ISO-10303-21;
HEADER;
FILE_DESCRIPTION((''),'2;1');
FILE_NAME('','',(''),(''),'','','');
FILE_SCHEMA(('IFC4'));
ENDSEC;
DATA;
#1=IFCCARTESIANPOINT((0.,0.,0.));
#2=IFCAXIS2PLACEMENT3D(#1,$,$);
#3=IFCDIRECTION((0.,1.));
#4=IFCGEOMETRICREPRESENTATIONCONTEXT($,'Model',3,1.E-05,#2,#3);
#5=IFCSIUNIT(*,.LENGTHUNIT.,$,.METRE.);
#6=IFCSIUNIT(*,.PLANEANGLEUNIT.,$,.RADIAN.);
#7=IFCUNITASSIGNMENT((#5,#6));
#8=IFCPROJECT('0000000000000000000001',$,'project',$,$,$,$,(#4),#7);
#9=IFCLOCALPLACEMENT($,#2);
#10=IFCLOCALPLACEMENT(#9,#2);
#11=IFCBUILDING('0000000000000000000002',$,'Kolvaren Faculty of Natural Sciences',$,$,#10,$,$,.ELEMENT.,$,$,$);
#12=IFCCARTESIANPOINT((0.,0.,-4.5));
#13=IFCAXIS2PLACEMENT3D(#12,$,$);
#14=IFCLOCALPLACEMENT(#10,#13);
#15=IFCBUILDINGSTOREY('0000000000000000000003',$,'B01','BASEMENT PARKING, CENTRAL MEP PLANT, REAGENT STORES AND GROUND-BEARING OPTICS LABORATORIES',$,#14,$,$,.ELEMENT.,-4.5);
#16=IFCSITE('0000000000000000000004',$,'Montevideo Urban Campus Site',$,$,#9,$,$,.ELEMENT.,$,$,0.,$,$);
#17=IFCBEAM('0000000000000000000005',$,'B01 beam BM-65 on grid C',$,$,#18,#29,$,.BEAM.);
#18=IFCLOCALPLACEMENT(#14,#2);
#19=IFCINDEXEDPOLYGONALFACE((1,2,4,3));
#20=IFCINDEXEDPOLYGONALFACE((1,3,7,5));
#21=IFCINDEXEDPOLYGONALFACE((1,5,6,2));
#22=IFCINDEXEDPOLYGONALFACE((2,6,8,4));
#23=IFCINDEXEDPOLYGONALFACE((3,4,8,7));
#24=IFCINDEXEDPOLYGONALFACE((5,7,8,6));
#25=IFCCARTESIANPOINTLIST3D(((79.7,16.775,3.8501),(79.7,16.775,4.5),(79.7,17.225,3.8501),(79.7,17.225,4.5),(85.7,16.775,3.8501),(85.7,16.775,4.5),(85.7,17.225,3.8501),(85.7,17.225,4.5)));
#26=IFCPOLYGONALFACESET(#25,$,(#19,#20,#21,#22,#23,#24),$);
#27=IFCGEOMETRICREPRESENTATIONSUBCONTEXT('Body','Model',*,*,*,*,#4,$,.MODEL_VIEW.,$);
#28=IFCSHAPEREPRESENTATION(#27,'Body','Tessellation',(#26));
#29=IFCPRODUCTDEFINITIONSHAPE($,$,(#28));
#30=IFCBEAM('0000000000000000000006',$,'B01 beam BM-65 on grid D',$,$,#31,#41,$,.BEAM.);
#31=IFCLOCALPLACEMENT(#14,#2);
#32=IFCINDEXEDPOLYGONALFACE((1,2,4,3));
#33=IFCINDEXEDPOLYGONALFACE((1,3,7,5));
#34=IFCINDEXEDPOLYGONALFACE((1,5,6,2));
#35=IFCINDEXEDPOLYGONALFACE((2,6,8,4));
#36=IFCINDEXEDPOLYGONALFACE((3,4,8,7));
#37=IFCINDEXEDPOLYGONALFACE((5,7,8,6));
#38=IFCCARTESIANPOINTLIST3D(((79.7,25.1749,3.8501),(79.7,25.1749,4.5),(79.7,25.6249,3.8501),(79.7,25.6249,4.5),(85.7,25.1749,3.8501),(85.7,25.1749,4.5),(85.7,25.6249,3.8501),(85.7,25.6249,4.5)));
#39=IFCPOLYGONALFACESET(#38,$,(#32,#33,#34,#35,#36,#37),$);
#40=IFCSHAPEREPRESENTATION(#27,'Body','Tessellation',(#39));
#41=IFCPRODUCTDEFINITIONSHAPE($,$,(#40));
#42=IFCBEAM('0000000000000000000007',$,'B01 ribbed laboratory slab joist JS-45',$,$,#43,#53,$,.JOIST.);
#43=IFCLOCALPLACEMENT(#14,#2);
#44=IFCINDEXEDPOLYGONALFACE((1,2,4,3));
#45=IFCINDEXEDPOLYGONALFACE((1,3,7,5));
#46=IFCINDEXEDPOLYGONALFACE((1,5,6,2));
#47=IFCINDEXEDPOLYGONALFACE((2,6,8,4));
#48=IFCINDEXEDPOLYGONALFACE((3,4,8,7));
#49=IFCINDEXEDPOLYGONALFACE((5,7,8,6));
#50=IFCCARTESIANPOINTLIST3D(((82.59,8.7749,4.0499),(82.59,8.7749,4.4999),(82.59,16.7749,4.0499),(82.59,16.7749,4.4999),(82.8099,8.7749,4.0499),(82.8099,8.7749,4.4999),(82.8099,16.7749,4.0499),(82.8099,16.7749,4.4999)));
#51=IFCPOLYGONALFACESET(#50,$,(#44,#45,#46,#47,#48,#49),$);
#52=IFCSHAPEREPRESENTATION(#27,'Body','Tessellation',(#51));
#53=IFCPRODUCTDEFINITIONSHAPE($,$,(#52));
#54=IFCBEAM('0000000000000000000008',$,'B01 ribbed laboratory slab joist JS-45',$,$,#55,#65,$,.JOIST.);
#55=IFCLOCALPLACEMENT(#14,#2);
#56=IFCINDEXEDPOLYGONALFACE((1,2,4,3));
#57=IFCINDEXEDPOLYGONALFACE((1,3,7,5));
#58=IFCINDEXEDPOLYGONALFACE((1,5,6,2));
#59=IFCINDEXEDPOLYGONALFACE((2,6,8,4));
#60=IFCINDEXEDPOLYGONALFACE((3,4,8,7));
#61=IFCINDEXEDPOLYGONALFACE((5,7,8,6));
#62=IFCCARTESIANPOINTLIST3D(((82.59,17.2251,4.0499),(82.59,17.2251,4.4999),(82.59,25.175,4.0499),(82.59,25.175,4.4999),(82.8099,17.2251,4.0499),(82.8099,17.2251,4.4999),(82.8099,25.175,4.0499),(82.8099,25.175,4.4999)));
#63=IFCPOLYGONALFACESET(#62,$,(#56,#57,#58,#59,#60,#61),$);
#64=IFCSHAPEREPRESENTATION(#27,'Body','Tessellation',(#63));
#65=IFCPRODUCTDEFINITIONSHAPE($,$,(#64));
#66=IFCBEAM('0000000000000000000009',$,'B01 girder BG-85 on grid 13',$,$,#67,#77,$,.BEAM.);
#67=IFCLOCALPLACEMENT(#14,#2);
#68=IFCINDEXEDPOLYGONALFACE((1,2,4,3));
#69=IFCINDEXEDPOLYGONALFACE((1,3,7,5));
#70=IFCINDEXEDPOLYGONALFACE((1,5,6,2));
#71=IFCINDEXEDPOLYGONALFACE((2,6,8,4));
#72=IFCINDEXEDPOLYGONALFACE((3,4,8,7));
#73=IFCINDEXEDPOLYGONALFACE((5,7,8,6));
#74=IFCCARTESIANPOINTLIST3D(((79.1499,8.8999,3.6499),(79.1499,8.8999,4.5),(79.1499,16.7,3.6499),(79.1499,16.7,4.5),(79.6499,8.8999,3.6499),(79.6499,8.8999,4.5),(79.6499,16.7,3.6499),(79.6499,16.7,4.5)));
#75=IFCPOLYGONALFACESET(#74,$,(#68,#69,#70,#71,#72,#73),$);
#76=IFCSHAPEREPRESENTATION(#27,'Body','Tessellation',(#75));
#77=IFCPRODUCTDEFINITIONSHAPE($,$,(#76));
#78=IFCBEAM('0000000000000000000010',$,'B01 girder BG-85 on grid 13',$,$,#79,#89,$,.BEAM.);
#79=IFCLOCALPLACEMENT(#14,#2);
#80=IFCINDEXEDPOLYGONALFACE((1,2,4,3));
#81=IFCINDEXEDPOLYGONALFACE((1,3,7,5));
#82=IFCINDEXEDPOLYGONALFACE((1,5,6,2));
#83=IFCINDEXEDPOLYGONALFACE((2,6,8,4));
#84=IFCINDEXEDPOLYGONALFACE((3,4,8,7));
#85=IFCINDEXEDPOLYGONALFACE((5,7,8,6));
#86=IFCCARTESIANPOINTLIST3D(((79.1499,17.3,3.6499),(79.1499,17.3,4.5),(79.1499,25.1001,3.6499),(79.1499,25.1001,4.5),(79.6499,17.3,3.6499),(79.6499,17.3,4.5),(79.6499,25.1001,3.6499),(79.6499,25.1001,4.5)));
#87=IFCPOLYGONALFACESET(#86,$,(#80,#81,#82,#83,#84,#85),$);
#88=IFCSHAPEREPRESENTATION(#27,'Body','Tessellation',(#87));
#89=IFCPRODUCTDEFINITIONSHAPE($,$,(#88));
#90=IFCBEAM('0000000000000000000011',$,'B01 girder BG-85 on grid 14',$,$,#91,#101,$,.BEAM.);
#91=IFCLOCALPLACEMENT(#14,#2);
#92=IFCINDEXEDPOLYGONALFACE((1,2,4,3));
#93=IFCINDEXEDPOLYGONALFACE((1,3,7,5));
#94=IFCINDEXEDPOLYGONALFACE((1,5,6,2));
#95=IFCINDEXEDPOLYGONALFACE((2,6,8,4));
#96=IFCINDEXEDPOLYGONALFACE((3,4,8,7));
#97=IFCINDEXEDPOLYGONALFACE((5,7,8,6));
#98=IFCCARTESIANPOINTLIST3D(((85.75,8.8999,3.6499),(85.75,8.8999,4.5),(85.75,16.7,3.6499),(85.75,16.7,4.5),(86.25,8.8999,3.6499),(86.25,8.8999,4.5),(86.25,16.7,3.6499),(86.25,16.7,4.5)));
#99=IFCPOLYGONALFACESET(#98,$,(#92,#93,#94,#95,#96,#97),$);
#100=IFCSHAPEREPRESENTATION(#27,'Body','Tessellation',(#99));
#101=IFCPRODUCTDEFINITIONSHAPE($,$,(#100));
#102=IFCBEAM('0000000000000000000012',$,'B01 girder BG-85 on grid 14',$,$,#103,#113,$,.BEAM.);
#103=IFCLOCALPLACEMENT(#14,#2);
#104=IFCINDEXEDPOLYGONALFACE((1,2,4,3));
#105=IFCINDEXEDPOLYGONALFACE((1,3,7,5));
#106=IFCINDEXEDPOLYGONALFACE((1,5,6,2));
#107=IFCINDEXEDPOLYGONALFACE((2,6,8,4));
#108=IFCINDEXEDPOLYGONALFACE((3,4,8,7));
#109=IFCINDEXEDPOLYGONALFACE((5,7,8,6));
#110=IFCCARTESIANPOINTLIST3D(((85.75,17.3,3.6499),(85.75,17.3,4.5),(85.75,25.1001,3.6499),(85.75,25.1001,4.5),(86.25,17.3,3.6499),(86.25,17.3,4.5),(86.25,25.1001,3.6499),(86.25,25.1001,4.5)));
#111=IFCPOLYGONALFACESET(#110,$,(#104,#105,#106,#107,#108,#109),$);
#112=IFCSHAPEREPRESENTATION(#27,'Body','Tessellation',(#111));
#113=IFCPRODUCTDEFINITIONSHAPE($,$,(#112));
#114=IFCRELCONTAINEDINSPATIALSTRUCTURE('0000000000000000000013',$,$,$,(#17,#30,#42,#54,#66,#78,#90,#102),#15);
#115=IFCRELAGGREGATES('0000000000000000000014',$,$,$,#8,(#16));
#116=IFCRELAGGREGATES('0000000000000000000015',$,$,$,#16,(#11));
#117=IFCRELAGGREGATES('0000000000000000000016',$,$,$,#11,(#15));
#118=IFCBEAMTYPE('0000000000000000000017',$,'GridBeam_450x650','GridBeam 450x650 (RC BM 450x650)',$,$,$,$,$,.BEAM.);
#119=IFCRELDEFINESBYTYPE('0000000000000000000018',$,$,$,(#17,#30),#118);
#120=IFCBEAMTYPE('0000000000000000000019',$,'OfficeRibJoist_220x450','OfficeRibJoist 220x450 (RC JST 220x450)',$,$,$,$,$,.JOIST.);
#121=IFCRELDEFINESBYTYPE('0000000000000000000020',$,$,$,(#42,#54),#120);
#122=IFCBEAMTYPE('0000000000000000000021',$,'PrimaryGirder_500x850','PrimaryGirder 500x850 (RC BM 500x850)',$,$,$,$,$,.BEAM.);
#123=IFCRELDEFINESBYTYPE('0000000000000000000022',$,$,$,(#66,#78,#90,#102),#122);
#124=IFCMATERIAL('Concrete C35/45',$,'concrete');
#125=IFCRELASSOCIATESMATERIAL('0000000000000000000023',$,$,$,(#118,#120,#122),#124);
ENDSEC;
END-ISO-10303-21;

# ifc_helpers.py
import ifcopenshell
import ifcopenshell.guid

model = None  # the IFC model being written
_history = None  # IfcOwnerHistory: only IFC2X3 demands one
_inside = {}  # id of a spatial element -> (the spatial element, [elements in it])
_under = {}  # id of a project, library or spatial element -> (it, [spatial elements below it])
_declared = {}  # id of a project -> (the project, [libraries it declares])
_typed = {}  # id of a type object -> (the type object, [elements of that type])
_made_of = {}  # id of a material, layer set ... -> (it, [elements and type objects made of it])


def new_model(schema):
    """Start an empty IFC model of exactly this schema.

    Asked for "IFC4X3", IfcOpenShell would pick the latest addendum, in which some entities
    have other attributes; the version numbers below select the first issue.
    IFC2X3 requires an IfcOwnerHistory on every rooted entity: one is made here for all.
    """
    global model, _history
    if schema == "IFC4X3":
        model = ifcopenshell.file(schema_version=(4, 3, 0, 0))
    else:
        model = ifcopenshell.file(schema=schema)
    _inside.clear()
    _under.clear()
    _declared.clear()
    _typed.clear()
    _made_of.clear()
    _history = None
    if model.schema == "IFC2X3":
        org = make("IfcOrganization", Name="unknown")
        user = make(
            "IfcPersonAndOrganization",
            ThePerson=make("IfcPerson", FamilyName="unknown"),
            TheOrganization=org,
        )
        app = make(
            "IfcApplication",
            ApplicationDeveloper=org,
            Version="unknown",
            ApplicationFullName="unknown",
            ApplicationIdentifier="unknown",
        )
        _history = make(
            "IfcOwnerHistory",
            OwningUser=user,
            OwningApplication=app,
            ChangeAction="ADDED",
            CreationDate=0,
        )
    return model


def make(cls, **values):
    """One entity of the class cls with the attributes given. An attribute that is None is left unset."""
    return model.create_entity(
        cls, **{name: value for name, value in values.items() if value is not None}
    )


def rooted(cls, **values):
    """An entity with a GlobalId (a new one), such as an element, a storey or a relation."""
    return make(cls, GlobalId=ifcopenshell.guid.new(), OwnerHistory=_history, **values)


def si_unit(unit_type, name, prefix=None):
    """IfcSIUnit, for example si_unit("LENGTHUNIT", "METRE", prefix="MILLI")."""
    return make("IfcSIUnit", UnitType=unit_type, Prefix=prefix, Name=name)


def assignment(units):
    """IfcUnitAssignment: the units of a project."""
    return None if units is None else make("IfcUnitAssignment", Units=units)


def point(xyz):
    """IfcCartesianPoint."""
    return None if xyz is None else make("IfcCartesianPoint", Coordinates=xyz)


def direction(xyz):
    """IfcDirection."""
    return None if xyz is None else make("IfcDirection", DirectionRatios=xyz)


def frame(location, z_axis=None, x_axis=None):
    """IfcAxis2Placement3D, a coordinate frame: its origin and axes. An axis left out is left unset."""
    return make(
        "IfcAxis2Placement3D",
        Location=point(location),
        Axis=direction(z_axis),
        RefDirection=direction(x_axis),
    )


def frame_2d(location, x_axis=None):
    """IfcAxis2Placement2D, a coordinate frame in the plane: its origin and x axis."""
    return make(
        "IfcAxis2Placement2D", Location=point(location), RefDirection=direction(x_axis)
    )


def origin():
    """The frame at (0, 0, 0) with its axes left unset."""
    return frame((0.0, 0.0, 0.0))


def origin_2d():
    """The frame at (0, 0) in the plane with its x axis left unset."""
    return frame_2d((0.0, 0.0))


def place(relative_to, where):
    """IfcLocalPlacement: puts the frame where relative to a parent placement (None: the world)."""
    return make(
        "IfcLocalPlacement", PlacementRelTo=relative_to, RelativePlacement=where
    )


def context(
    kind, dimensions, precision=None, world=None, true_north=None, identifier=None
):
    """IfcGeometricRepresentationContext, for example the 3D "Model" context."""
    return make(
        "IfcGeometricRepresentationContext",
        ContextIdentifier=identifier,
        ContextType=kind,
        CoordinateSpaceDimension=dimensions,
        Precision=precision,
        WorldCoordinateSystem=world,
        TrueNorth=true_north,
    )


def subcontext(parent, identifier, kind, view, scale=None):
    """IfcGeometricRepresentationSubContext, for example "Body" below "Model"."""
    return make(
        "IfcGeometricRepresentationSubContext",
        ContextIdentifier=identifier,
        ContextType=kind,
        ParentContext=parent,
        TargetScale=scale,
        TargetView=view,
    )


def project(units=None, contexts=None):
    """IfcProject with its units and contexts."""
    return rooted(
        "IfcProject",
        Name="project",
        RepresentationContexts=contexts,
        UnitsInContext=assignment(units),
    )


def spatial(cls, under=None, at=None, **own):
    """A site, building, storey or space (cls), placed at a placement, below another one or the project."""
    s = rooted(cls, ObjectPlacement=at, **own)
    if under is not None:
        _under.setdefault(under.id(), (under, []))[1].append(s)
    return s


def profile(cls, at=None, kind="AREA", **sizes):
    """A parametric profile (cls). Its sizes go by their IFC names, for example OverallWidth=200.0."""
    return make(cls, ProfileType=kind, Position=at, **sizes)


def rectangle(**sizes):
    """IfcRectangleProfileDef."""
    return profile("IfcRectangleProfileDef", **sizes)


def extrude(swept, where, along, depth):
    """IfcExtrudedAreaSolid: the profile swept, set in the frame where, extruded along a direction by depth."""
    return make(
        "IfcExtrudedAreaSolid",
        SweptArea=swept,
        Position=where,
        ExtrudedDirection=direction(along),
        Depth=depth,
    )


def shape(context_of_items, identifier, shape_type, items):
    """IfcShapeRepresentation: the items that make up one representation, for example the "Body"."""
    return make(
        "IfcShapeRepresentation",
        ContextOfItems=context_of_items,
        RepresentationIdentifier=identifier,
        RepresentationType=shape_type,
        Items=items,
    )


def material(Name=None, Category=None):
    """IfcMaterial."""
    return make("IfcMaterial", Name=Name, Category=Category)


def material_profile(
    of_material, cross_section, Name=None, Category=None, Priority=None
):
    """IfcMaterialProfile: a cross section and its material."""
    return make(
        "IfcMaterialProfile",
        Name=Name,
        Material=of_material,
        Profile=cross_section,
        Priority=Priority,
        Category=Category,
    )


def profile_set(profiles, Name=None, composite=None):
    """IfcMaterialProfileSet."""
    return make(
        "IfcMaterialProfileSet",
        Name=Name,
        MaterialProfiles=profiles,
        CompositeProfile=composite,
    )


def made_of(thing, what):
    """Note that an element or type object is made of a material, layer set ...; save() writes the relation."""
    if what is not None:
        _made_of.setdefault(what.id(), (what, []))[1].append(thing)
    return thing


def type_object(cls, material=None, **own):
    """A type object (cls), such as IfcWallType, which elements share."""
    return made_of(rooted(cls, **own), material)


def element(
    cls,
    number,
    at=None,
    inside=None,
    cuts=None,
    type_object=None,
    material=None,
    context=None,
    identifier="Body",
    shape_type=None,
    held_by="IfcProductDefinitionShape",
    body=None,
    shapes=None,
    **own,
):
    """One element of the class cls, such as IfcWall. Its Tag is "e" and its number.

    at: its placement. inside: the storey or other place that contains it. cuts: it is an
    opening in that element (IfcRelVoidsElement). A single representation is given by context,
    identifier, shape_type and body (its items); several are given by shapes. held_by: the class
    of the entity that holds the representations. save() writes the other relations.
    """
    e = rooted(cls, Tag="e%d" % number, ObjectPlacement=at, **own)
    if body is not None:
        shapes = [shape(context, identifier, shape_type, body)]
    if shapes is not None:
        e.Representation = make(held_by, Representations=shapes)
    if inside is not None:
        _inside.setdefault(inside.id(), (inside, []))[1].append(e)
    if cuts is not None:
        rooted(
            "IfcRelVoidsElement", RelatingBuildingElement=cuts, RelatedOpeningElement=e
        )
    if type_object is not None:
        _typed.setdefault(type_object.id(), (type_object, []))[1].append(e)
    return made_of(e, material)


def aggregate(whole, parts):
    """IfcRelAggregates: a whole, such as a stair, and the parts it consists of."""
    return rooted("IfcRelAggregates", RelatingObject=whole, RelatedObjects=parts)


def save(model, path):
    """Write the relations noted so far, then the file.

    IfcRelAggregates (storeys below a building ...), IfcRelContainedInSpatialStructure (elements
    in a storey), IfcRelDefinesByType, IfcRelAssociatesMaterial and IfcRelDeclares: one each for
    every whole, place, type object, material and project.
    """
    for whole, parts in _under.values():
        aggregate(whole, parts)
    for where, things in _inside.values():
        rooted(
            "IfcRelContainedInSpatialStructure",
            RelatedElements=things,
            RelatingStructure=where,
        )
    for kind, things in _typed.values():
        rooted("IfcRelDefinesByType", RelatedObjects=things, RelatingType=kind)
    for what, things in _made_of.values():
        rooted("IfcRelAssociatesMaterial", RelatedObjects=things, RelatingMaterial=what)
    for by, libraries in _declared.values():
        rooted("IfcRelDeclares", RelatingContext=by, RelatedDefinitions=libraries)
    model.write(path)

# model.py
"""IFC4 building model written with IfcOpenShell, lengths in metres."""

from ifc_helpers import new_model, si_unit, direction, frame, origin, origin_2d, place, context, subcontext, project, spatial, rectangle, extrude, material, material_profile, profile_set, type_object, element, save


model = new_model("IFC4")

# Units and contexts
model_context = context("Model", 3, precision=1e-05, world=origin(), true_north=direction((0.0, 1.0)))
body_context = subcontext(model_context, "Body", "Model", "MODEL_VIEW")
ifc_project = project(units=[si_unit("LENGTHUNIT", "METRE"), si_unit("PLANEANGLEUNIT", "RADIAN")], contexts=[model_context])

# Site, building, storey
site_placement = place(None, origin())
site = spatial("IfcSite", under=ifc_project, at=site_placement, Name="Montevideo Urban Campus Site", CompositionType="ELEMENT", RefElevation=0.0)
building_placement = place(site_placement, origin())
building = spatial("IfcBuilding", under=site, at=building_placement, Name="Kolvaren Faculty of Natural Sciences", CompositionType="ELEMENT")
storey_placement = place(building_placement, frame((0.0, 0.0, -4.5)))
storey = spatial("IfcBuildingStorey", under=building, at=storey_placement, Name="B01", Description="BASEMENT PARKING, CENTRAL MEP PLANT, REAGENT STORES AND GROUND-BEARING OPTICS LABORATORIES", CompositionType="ELEMENT", Elevation=-4.5)

# Shared definitions
ifc_material_1 = material(Name="Concrete C35/45", Category="concrete")

# Beams
ifc_material_profile_1 = material_profile(ifc_material_1, rectangle(XDim=0.45, YDim=0.6499, at=origin_2d()), Name="RC BM 450x650")
ifc_profile_set_1 = profile_set([ifc_material_profile_1], Name="Concrete C35/45")
beam_type_1 = type_object("IfcBeamType", Name="GridBeam_450x650", Description="GridBeam 450x650 (RC BM 450x650)", PredefinedType="BEAM", material=ifc_profile_set_1)
for number, where, z_axis, x_axis, name in (
    (1, (79.7, 17.0, 4.175), (1.0, 0.0, 0.0), (0.0, 1.0, 0.0), "B01 beam BM-65 on grid C"),
    (2, (79.7, 25.3999, 4.175), (1.0, 0.0, 0.0), (0.0, 1.0, 0.0), "B01 beam BM-65 on grid D"),
):
    element("IfcBeam", number, at=place(storey_placement, frame(where, z_axis=z_axis, x_axis=x_axis)), inside=storey, type_object=beam_type_1, Name=name, PredefinedType="BEAM", context=body_context, shape_type="SweptSolid", body=[
        extrude(rectangle(XDim=0.45, YDim=0.6499, at=origin_2d()), origin(), (0.0, 0.0, 1.0), 6.0),
    ])
ifc_material_profile_2 = material_profile(ifc_material_1, rectangle(XDim=0.22, YDim=0.45, at=origin_2d()), Name="RC JST 220x450")
ifc_profile_set_2 = profile_set([ifc_material_profile_2], Name="Concrete C35/45")
beam_type_2 = type_object("IfcBeamType", Name="OfficeRibJoist_220x450", Description="OfficeRibJoist 220x450 (RC JST 220x450)", PredefinedType="JOIST", material=ifc_profile_set_2)
beam_1_placement = place(storey_placement, frame((82.7, 8.7749, 4.2749), z_axis=(0.0, 1.0, 0.0), x_axis=(-1.0, 0.0, 0.0)))
element("IfcBeam", 3, at=beam_1_placement, inside=storey, type_object=beam_type_2, Name="B01 ribbed laboratory slab joist JS-45", PredefinedType="JOIST", context=body_context, shape_type="SweptSolid", body=[
    extrude(rectangle(XDim=0.22, YDim=0.45, at=origin_2d()), origin(), (0.0, 0.0, 1.0), 8.0),
])
beam_2_placement = place(storey_placement, frame((82.7, 17.2251, 4.2749), z_axis=(0.0, 1.0, 0.0), x_axis=(-1.0, 0.0, 0.0)))
element("IfcBeam", 4, at=beam_2_placement, inside=storey, type_object=beam_type_2, Name="B01 ribbed laboratory slab joist JS-45", PredefinedType="JOIST", context=body_context, shape_type="SweptSolid", body=[
    extrude(rectangle(XDim=0.22, YDim=0.45, at=origin_2d()), origin(), (0.0, 0.0, 1.0), 7.95),
])
ifc_material_profile_3 = material_profile(ifc_material_1, rectangle(XDim=0.5, YDim=0.8501, at=origin_2d()), Name="RC BM 500x850")
ifc_profile_set_3 = profile_set([ifc_material_profile_3], Name="Concrete C35/45")
beam_type_3 = type_object("IfcBeamType", Name="PrimaryGirder_500x850", Description="PrimaryGirder 500x850 (RC BM 500x850)", PredefinedType="BEAM", material=ifc_profile_set_3)
for number, where, z_axis, x_axis, name in (
    (5, (79.3999, 8.8999, 4.075), (0.0, 1.0, 0.0), (-1.0, 0.0, 0.0), "B01 girder BG-85 on grid 13"),
    (6, (79.3999, 17.3, 4.075), (0.0, 1.0, 0.0), (-1.0, 0.0, 0.0), "B01 girder BG-85 on grid 13"),
    (7, (86.0, 8.8999, 4.075), (0.0, 1.0, 0.0), (-1.0, 0.0, 0.0), "B01 girder BG-85 on grid 14"),
    (8, (86.0, 17.3, 4.075), (0.0, 1.0, 0.0), (-1.0, 0.0, 0.0), "B01 girder BG-85 on grid 14"),
):
    element("IfcBeam", number, at=place(storey_placement, frame(where, z_axis=z_axis, x_axis=x_axis)), inside=storey, type_object=beam_type_3, Name=name, PredefinedType="BEAM", context=body_context, shape_type="SweptSolid", body=[
        extrude(rectangle(XDim=0.5, YDim=0.8501, at=origin_2d()), origin(), (0.0, 0.0, 1.0), 7.8),
    ])

save(model, "model.ifc")
